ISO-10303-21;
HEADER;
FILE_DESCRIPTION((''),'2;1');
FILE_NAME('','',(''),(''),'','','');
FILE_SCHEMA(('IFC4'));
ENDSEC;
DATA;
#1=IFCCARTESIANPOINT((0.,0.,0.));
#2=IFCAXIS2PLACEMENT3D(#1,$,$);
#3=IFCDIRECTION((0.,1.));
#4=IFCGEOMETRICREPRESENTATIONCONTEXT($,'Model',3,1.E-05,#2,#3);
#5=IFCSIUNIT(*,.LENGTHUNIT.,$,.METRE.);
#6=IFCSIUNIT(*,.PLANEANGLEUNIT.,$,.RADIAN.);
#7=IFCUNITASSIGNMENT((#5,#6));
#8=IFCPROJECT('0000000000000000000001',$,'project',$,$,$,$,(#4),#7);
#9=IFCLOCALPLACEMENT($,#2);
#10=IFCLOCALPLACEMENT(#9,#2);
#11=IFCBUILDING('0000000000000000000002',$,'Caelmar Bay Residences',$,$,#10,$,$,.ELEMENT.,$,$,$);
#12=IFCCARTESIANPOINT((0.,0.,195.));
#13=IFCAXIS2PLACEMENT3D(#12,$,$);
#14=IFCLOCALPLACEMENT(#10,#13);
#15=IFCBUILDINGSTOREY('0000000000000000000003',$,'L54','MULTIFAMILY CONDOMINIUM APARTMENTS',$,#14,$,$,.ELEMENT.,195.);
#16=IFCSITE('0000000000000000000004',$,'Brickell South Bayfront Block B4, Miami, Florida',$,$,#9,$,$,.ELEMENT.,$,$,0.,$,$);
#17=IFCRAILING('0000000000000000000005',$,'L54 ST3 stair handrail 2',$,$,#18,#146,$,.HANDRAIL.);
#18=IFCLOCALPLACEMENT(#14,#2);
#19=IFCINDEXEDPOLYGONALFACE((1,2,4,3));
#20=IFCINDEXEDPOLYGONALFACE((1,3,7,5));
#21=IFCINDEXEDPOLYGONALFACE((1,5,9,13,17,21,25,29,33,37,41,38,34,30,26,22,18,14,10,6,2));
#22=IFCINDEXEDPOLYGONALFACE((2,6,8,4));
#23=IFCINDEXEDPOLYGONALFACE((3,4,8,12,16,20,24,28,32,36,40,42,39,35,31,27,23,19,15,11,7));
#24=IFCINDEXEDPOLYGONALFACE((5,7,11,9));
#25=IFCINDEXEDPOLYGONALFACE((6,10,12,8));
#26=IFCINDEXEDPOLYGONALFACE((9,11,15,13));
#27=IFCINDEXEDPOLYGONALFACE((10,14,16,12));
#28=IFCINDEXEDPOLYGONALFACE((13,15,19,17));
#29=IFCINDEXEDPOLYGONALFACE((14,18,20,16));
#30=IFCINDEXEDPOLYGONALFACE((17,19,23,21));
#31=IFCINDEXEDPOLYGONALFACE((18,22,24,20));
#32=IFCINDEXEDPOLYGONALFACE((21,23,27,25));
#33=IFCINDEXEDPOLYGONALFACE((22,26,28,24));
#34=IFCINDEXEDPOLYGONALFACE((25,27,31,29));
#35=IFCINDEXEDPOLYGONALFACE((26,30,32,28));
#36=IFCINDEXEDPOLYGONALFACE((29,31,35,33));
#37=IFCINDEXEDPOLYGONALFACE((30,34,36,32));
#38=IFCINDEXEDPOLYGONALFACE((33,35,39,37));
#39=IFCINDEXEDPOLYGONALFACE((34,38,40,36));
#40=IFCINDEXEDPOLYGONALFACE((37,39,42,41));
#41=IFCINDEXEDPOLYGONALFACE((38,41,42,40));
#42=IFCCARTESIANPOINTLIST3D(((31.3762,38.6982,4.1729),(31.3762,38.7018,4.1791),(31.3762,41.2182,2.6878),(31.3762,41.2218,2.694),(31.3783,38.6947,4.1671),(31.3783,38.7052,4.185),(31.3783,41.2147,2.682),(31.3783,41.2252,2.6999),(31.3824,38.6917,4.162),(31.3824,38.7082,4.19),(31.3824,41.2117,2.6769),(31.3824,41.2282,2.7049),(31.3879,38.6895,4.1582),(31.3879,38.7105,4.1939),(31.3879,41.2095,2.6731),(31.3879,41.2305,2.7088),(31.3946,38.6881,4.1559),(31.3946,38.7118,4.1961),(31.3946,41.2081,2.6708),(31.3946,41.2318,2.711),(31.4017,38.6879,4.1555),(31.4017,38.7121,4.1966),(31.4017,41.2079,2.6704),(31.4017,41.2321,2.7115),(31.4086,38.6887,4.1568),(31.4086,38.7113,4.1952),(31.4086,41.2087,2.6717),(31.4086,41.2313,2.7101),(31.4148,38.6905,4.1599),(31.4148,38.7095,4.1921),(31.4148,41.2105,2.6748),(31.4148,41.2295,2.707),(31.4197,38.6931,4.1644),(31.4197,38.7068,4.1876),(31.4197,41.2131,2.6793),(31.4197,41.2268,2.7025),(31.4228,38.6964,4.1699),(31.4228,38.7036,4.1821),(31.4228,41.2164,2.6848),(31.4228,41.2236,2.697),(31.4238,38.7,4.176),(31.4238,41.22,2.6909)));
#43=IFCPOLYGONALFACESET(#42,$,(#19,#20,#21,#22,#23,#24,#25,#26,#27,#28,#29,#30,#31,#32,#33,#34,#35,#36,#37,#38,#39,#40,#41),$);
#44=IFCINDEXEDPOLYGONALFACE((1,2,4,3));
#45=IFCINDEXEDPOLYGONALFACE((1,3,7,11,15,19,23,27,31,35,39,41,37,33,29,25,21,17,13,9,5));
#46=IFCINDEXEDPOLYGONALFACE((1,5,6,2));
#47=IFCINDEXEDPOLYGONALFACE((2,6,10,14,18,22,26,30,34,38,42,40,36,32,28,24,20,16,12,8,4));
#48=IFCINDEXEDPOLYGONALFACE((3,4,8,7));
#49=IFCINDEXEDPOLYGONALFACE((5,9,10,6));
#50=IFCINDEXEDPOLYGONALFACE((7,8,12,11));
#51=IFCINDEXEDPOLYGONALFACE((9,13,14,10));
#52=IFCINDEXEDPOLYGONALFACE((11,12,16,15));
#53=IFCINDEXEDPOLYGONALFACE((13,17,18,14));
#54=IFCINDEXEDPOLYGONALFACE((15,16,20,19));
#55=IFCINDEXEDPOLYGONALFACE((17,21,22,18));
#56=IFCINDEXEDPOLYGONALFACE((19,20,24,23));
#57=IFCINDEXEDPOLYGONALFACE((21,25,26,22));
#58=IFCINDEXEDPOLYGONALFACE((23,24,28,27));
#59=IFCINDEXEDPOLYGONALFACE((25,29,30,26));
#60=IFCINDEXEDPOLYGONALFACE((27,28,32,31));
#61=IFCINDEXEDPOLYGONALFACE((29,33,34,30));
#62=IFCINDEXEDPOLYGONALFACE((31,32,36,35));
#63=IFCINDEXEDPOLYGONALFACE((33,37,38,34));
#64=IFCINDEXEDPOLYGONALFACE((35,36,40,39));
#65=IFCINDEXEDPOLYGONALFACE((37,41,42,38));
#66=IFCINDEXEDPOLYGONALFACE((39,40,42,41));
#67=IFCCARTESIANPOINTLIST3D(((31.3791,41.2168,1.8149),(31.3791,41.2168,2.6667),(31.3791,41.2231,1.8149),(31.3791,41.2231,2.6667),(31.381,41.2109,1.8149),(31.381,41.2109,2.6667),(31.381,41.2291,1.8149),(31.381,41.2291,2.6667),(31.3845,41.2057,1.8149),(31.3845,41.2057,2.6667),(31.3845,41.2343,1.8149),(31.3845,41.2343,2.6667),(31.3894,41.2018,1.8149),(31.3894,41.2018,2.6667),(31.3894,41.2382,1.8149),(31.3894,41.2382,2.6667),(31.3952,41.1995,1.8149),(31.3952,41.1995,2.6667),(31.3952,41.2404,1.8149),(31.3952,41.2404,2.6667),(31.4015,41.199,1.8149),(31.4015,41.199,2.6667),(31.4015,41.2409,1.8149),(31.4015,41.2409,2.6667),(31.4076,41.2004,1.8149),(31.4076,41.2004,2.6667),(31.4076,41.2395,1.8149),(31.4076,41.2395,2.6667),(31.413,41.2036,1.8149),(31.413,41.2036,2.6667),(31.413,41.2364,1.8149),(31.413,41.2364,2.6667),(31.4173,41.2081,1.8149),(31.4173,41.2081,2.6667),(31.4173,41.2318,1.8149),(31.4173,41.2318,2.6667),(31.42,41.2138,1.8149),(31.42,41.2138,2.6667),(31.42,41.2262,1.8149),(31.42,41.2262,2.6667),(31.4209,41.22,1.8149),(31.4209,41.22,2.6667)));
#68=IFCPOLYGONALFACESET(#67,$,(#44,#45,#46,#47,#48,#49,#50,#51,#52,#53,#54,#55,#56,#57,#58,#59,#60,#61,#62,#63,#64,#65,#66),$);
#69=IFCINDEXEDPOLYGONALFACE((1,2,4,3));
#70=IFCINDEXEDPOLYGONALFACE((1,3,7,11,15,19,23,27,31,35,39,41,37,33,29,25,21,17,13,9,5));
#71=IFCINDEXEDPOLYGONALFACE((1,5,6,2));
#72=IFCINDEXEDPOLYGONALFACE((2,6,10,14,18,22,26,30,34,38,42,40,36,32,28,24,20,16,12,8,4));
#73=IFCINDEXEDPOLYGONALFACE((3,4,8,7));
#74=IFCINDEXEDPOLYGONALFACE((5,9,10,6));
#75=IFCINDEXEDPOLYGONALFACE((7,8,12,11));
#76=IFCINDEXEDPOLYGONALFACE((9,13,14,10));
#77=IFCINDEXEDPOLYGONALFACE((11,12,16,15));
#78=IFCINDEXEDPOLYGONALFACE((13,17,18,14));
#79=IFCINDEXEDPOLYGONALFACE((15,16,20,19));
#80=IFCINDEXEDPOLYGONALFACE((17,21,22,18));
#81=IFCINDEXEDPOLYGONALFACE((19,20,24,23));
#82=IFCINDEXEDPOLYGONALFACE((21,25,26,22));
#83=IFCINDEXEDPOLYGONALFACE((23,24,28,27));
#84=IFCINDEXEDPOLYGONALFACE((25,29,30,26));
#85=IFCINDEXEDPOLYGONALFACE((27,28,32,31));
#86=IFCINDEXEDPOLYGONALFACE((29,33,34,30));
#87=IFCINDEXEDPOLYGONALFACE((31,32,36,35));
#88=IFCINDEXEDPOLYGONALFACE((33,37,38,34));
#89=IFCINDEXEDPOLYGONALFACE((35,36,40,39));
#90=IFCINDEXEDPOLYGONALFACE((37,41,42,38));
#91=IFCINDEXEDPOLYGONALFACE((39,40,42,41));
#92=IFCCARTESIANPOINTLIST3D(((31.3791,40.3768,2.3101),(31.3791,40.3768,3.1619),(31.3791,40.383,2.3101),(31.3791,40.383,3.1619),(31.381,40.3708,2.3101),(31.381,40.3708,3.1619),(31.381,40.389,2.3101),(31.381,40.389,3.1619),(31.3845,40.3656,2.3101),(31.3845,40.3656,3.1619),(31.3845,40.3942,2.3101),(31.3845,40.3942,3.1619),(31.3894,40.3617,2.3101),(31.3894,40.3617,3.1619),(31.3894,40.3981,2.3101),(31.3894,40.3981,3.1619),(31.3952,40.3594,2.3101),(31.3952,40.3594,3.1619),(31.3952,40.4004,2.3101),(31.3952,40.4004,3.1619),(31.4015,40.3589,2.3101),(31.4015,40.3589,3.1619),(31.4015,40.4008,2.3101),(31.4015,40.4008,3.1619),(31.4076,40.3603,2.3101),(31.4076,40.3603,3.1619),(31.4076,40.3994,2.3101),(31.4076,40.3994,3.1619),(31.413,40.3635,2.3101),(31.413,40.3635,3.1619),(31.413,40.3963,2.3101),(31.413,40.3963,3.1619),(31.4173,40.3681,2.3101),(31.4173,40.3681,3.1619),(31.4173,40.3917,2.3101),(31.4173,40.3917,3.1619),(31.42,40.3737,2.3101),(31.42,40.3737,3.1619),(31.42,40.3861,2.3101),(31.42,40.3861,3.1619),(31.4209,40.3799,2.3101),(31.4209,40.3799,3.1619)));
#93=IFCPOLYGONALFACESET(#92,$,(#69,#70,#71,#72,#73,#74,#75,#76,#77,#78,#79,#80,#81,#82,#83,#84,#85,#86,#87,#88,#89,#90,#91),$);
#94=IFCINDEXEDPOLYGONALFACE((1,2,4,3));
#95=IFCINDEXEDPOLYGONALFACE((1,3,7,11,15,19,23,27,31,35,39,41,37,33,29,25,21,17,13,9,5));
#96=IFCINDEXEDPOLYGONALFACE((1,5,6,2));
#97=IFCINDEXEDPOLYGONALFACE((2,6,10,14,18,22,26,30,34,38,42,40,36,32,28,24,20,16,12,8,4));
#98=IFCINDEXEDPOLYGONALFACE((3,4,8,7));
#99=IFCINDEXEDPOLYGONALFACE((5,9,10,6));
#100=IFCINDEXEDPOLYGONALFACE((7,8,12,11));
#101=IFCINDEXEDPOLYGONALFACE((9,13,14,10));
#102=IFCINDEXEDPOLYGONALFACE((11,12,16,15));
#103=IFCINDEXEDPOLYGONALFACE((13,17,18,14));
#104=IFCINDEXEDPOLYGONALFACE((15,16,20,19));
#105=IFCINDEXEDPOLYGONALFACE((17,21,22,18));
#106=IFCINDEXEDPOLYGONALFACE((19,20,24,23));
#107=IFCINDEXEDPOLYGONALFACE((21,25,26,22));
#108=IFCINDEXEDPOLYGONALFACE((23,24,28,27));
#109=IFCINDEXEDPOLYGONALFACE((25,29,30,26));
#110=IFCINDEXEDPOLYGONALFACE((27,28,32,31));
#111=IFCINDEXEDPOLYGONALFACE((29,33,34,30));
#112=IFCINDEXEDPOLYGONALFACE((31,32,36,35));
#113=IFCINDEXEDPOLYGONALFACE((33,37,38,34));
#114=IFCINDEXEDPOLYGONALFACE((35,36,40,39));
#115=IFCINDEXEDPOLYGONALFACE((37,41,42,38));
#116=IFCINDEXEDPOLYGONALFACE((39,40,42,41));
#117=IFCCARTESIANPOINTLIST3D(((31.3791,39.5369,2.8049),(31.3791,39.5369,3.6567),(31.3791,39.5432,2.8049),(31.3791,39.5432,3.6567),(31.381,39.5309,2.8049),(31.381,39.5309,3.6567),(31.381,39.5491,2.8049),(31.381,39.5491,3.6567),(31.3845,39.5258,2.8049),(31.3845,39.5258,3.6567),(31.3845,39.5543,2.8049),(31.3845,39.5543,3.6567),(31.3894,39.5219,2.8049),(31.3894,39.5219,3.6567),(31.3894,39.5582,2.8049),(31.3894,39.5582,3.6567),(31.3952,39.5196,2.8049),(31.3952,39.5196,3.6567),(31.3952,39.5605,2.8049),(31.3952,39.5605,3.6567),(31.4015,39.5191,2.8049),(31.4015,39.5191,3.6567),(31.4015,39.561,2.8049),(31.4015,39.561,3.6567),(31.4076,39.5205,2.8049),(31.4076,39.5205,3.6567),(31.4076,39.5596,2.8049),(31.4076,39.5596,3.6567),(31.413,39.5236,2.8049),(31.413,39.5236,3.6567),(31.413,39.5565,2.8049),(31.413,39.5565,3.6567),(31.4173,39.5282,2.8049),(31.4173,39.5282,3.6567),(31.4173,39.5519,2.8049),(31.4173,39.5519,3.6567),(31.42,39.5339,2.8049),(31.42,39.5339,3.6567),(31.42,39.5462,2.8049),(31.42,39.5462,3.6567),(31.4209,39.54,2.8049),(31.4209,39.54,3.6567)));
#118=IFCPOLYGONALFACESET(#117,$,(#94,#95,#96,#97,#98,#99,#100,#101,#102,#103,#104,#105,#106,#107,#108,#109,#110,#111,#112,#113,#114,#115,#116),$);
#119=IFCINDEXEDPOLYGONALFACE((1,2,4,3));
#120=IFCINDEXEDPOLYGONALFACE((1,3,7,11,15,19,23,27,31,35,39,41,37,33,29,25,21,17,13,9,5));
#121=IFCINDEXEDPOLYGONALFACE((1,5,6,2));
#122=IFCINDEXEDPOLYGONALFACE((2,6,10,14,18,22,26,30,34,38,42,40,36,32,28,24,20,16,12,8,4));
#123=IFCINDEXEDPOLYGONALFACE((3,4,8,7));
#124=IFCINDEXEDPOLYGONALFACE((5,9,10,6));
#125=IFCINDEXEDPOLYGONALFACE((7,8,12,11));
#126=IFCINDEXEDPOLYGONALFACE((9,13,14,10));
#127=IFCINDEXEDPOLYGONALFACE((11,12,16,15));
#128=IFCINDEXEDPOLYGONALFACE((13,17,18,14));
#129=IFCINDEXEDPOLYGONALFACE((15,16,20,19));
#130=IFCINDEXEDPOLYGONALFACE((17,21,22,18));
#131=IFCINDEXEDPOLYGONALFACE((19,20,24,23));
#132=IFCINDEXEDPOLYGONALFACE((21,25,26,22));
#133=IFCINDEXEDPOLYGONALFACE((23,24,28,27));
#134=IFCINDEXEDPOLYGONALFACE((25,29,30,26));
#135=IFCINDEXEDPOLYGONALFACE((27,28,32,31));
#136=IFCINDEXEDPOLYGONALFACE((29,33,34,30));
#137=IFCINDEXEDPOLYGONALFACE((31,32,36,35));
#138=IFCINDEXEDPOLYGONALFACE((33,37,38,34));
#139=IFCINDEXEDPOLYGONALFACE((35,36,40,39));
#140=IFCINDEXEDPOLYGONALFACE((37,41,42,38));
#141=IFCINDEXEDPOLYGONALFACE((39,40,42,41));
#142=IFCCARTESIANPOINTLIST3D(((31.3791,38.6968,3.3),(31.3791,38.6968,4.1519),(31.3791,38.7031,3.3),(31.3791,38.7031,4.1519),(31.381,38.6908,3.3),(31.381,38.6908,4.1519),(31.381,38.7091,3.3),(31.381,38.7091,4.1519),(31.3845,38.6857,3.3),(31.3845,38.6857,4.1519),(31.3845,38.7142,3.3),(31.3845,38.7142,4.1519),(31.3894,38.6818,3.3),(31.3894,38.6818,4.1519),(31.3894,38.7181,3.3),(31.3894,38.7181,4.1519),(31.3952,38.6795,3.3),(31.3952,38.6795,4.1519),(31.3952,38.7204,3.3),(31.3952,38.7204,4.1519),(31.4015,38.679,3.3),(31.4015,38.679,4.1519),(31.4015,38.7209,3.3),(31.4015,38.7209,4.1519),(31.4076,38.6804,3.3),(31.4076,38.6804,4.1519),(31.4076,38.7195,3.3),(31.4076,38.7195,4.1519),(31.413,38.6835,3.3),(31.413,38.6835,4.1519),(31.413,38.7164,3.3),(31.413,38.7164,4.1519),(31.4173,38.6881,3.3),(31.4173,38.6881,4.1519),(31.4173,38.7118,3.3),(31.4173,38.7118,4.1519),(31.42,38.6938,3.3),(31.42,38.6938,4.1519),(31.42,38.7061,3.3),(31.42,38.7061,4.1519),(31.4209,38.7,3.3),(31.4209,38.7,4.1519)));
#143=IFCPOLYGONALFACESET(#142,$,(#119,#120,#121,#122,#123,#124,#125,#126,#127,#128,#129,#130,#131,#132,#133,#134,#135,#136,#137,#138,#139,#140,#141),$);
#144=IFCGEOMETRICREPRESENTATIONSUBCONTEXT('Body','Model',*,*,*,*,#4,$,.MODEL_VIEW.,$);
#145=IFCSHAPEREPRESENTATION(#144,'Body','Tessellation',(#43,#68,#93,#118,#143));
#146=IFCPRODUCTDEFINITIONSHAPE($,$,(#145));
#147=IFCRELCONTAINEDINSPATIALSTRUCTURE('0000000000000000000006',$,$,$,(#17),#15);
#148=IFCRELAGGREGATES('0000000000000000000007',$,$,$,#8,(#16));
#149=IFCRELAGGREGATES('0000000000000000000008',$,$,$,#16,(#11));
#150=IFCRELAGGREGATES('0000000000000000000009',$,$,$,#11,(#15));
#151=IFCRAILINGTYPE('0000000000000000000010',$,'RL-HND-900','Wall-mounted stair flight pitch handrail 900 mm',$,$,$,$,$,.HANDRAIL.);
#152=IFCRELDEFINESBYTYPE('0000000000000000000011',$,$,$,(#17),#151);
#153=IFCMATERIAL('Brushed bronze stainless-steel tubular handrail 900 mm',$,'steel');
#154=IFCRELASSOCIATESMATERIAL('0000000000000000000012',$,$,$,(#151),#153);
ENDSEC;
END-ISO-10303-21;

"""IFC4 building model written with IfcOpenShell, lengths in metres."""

from ifc_helpers import new_model, si_unit, direction, frame, origin, origin_2d, place, context, subcontext, project, spatial, circle, extrude, material, type_object, element, save


model = new_model("IFC4")

# Units and contexts
model_context = context("Model", 3, precision=1e-05, world=origin(), true_north=direction((0.0, 1.0)))
body_context = subcontext(model_context, "Body", "Model", "MODEL_VIEW")
ifc_project = project(units=[si_unit("LENGTHUNIT", "METRE"), si_unit("PLANEANGLEUNIT", "RADIAN")], contexts=[model_context])

# Site, building, storey
site_placement = place(None, origin())
site = spatial("IfcSite", under=ifc_project, at=site_placement, Name="Brickell South Bayfront Block B4, Miami, Florida", CompositionType="ELEMENT", RefElevation=0.0)
building_placement = place(site_placement, origin())
building = spatial("IfcBuilding", under=site, at=building_placement, Name="Caelmar Bay Residences", CompositionType="ELEMENT")
storey_placement = place(building_placement, frame((0.0, 0.0, 195.0)))
storey = spatial("IfcBuildingStorey", under=building, at=storey_placement, Name="L54", Description="MULTIFAMILY CONDOMINIUM APARTMENTS", CompositionType="ELEMENT", Elevation=195.0)

# Railing
ifc_material_1 = material(Name="Brushed bronze stainless-steel tubular handrail 900 mm", Category="steel")
railing_type_1 = type_object("IfcRailingType", Name="RL-HND-900", Description="Wall-mounted stair flight pitch handrail 900 mm", PredefinedType="HANDRAIL", material=ifc_material_1)
railing_1_placement = place(storey_placement, frame((31.3999, 41.22, 1.8149)))
element("IfcRailing", 1, at=railing_1_placement, inside=storey, type_object=railing_type_1, Name="L54 ST3 stair handrail 2", PredefinedType="HANDRAIL", context=body_context, shape_type="SweptSolid", body=[
    extrude(circle(Radius=0.0239, at=origin_2d()), frame((0.0, 0.0, 0.876), z_axis=(0.0, -0.861524, 0.507717), x_axis=(1.0, 0.0, 0.0)), (0.0, 0.0, 1.0), 2.925),
    extrude(circle(Radius=0.021, at=origin_2d()), origin(), (0.0, 0.0, 1.0), 0.8518),
    extrude(circle(Radius=0.021, at=origin_2d()), frame((0.0, -0.8401, 0.4951)), (0.0, 0.0, 1.0), 0.8518),
    extrude(circle(Radius=0.021, at=origin_2d()), frame((0.0, -1.6799, 0.99)), (0.0, 0.0, 1.0), 0.8518),
    extrude(circle(Radius=0.021, at=origin_2d()), frame((0.0, -2.52, 1.4851)), (0.0, 0.0, 1.0), 0.8518),
])

save(model, "model.ifc")
